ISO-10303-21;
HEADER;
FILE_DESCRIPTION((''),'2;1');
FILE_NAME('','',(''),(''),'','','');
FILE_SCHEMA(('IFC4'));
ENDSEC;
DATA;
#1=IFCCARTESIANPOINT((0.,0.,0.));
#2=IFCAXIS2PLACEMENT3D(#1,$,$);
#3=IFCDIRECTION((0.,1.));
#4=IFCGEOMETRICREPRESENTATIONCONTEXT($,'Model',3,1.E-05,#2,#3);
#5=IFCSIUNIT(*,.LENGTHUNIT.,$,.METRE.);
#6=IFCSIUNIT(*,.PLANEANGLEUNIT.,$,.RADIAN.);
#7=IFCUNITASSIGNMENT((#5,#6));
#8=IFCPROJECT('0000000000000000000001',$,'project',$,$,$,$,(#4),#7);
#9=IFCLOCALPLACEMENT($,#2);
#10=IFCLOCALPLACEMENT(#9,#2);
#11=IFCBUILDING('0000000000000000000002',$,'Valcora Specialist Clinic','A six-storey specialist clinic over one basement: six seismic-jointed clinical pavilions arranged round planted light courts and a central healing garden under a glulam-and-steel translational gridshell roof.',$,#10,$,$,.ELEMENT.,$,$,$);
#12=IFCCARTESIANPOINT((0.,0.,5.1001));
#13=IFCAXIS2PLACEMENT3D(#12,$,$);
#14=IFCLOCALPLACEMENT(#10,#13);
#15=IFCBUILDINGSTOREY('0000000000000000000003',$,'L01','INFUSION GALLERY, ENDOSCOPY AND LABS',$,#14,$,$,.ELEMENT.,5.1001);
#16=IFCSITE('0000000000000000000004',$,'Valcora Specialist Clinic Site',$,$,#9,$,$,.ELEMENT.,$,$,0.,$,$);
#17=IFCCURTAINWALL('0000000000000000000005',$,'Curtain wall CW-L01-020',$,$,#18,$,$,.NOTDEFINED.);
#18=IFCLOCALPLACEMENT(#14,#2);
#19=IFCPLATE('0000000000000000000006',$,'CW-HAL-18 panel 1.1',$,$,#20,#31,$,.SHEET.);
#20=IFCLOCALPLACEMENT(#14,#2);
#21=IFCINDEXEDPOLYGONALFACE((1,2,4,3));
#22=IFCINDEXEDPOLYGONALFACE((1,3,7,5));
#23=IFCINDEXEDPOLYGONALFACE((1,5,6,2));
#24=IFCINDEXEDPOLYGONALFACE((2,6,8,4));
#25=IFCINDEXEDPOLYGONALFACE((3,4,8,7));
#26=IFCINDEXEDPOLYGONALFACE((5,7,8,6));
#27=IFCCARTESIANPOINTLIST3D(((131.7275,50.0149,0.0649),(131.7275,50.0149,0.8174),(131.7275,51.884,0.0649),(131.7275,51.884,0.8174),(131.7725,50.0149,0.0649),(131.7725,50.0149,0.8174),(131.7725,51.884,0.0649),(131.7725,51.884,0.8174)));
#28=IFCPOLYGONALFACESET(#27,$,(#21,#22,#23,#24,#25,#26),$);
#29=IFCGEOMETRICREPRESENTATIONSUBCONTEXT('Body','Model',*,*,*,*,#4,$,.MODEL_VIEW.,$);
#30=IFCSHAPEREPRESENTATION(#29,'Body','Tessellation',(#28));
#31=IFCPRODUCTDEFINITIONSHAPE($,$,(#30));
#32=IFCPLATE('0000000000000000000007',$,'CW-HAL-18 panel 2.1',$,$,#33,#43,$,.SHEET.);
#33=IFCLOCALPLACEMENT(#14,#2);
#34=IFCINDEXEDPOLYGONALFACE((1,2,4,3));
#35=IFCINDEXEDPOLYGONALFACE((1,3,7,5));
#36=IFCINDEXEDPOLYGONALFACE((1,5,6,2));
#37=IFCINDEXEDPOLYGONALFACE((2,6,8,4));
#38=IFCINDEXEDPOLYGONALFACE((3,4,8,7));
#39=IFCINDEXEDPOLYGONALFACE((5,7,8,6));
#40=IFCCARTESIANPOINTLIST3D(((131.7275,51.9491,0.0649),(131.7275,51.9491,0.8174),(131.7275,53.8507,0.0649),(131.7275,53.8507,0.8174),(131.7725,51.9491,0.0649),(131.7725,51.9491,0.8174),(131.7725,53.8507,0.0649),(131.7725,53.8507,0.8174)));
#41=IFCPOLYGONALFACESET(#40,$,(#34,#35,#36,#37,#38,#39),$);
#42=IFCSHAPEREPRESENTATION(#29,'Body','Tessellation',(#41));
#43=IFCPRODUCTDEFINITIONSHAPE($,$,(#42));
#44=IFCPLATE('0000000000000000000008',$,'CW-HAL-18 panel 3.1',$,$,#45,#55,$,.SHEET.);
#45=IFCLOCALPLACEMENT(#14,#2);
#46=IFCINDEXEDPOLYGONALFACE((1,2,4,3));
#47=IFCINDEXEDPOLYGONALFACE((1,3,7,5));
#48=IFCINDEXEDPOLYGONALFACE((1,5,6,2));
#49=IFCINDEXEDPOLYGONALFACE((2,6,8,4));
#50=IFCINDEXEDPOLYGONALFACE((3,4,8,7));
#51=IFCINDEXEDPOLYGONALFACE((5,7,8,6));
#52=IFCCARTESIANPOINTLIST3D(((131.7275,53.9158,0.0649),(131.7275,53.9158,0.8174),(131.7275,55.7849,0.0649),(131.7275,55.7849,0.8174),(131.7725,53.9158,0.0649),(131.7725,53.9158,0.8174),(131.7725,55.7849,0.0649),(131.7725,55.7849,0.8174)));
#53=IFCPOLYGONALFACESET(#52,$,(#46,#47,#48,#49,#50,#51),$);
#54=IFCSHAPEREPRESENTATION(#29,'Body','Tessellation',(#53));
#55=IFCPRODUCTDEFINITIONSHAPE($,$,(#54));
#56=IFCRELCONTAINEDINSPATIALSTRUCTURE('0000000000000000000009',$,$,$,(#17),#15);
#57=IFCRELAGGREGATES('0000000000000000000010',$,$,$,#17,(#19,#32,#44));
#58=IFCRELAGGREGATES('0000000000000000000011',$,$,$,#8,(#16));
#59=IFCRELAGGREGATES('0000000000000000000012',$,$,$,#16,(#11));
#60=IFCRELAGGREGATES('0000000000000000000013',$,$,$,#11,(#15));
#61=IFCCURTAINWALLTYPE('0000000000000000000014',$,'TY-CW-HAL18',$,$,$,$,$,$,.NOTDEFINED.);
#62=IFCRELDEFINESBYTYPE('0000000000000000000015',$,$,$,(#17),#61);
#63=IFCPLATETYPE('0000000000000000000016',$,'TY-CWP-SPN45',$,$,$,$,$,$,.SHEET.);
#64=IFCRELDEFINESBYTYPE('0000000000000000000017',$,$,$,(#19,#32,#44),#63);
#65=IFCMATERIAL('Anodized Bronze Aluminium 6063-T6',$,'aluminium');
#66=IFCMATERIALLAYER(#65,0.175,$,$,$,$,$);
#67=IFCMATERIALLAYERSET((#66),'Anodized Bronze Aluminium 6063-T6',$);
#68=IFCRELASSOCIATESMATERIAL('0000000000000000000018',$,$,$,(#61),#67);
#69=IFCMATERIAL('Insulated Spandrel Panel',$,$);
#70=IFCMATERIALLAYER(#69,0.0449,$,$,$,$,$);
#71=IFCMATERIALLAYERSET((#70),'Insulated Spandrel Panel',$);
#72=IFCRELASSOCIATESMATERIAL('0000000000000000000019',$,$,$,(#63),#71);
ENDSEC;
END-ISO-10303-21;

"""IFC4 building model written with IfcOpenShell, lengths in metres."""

from ifc_helpers import new_model, si_unit, direction, frame, origin, origin_2d, place, context, subcontext, project, spatial, rectangle, extrude, material, layer, layer_set, type_object, element, aggregate, save


model = new_model("IFC4")

# Units and contexts
model_context = context("Model", 3, precision=1e-05, world=origin(), true_north=direction((0.0, 1.0)))
body_context = subcontext(model_context, "Body", "Model", "MODEL_VIEW")
ifc_project = project(units=[si_unit("LENGTHUNIT", "METRE"), si_unit("PLANEANGLEUNIT", "RADIAN")], contexts=[model_context])

# Site, building, storey
site_placement = place(None, origin())
site = spatial("IfcSite", under=ifc_project, at=site_placement, Name="Valcora Specialist Clinic Site", CompositionType="ELEMENT", RefElevation=0.0)
building_placement = place(site_placement, origin())
building = spatial("IfcBuilding", under=site, at=building_placement, Name="Valcora Specialist Clinic", Description="A six-storey specialist clinic over one basement: six seismic-jointed clinical pavilions arranged round planted light courts and a central healing garden under a glulam-and-steel translational gridshell roof.", CompositionType="ELEMENT")
storey_placement = place(building_placement, frame((0.0, 0.0, 5.1001)))
storey = spatial("IfcBuildingStorey", under=building, at=storey_placement, Name="L01", Description="INFUSION GALLERY, ENDOSCOPY AND LABS", CompositionType="ELEMENT", Elevation=5.1001)

# Curtain wall, plates
ifc_material_1 = material(Name="Anodized Bronze Aluminium 6063-T6", Category="aluminium")
ifc_layer_1 = layer(ifc_material_1, 0.175)
ifc_layer_set_1 = layer_set([ifc_layer_1], Name="Anodized Bronze Aluminium 6063-T6")
curtain_wall_type = type_object("IfcCurtainWallType", Name="TY-CW-HAL18", PredefinedType="NOTDEFINED", material=ifc_layer_set_1)
curtain_wall_placement = place(storey_placement, origin())
curtain_wall = element("IfcCurtainWall", 1, at=curtain_wall_placement, inside=storey, type_object=curtain_wall_type, Name="Curtain wall CW-L01-020", PredefinedType="NOTDEFINED")
ifc_material_2 = material(Name="Insulated Spandrel Panel")
ifc_layer_2 = layer(ifc_material_2, 0.0449)
ifc_layer_set_2 = layer_set([ifc_layer_2], Name="Insulated Spandrel Panel")
plate_type_1 = type_object("IfcPlateType", Name="TY-CWP-SPN45", PredefinedType="SHEET", material=ifc_layer_set_2)
plate_1_placement = place(storey_placement, frame((131.75, 50.9495, 0.0649), z_axis=(0.0, 0.0, 1.0), x_axis=(0.0, 1.0, 0.0)))
plate_1 = element("IfcPlate", 2, at=plate_1_placement, type_object=plate_type_1, Name="CW-HAL-18 panel 1.1", PredefinedType="SHEET", context=body_context, shape_type="SweptSolid", body=[
    extrude(rectangle(XDim=1.8691, YDim=0.0449, at=origin_2d()), origin(), (0.0, 0.0, 1.0), 0.7524),
])
plate_2_placement = place(storey_placement, frame((131.75, 52.8999, 0.0649), z_axis=(0.0, 0.0, 1.0), x_axis=(0.0, 1.0, 0.0)))
plate_2 = element("IfcPlate", 3, at=plate_2_placement, type_object=plate_type_1, Name="CW-HAL-18 panel 2.1", PredefinedType="SHEET", context=body_context, shape_type="SweptSolid", body=[
    extrude(rectangle(XDim=1.9016, YDim=0.0449, at=origin_2d()), origin(), (0.0, 0.0, 1.0), 0.7524),
])
plate_3_placement = place(storey_placement, frame((131.75, 54.8503, 0.0649), z_axis=(0.0, 0.0, 1.0), x_axis=(0.0, 1.0, 0.0)))
plate_3 = element("IfcPlate", 4, at=plate_3_placement, type_object=plate_type_1, Name="CW-HAL-18 panel 3.1", PredefinedType="SHEET", context=body_context, shape_type="SweptSolid", body=[
    extrude(rectangle(XDim=1.8691, YDim=0.0449, at=origin_2d()), origin(), (0.0, 0.0, 1.0), 0.7524),
])
aggregate(curtain_wall, [plate_1, plate_2, plate_3])

save(model, "model.ifc")
